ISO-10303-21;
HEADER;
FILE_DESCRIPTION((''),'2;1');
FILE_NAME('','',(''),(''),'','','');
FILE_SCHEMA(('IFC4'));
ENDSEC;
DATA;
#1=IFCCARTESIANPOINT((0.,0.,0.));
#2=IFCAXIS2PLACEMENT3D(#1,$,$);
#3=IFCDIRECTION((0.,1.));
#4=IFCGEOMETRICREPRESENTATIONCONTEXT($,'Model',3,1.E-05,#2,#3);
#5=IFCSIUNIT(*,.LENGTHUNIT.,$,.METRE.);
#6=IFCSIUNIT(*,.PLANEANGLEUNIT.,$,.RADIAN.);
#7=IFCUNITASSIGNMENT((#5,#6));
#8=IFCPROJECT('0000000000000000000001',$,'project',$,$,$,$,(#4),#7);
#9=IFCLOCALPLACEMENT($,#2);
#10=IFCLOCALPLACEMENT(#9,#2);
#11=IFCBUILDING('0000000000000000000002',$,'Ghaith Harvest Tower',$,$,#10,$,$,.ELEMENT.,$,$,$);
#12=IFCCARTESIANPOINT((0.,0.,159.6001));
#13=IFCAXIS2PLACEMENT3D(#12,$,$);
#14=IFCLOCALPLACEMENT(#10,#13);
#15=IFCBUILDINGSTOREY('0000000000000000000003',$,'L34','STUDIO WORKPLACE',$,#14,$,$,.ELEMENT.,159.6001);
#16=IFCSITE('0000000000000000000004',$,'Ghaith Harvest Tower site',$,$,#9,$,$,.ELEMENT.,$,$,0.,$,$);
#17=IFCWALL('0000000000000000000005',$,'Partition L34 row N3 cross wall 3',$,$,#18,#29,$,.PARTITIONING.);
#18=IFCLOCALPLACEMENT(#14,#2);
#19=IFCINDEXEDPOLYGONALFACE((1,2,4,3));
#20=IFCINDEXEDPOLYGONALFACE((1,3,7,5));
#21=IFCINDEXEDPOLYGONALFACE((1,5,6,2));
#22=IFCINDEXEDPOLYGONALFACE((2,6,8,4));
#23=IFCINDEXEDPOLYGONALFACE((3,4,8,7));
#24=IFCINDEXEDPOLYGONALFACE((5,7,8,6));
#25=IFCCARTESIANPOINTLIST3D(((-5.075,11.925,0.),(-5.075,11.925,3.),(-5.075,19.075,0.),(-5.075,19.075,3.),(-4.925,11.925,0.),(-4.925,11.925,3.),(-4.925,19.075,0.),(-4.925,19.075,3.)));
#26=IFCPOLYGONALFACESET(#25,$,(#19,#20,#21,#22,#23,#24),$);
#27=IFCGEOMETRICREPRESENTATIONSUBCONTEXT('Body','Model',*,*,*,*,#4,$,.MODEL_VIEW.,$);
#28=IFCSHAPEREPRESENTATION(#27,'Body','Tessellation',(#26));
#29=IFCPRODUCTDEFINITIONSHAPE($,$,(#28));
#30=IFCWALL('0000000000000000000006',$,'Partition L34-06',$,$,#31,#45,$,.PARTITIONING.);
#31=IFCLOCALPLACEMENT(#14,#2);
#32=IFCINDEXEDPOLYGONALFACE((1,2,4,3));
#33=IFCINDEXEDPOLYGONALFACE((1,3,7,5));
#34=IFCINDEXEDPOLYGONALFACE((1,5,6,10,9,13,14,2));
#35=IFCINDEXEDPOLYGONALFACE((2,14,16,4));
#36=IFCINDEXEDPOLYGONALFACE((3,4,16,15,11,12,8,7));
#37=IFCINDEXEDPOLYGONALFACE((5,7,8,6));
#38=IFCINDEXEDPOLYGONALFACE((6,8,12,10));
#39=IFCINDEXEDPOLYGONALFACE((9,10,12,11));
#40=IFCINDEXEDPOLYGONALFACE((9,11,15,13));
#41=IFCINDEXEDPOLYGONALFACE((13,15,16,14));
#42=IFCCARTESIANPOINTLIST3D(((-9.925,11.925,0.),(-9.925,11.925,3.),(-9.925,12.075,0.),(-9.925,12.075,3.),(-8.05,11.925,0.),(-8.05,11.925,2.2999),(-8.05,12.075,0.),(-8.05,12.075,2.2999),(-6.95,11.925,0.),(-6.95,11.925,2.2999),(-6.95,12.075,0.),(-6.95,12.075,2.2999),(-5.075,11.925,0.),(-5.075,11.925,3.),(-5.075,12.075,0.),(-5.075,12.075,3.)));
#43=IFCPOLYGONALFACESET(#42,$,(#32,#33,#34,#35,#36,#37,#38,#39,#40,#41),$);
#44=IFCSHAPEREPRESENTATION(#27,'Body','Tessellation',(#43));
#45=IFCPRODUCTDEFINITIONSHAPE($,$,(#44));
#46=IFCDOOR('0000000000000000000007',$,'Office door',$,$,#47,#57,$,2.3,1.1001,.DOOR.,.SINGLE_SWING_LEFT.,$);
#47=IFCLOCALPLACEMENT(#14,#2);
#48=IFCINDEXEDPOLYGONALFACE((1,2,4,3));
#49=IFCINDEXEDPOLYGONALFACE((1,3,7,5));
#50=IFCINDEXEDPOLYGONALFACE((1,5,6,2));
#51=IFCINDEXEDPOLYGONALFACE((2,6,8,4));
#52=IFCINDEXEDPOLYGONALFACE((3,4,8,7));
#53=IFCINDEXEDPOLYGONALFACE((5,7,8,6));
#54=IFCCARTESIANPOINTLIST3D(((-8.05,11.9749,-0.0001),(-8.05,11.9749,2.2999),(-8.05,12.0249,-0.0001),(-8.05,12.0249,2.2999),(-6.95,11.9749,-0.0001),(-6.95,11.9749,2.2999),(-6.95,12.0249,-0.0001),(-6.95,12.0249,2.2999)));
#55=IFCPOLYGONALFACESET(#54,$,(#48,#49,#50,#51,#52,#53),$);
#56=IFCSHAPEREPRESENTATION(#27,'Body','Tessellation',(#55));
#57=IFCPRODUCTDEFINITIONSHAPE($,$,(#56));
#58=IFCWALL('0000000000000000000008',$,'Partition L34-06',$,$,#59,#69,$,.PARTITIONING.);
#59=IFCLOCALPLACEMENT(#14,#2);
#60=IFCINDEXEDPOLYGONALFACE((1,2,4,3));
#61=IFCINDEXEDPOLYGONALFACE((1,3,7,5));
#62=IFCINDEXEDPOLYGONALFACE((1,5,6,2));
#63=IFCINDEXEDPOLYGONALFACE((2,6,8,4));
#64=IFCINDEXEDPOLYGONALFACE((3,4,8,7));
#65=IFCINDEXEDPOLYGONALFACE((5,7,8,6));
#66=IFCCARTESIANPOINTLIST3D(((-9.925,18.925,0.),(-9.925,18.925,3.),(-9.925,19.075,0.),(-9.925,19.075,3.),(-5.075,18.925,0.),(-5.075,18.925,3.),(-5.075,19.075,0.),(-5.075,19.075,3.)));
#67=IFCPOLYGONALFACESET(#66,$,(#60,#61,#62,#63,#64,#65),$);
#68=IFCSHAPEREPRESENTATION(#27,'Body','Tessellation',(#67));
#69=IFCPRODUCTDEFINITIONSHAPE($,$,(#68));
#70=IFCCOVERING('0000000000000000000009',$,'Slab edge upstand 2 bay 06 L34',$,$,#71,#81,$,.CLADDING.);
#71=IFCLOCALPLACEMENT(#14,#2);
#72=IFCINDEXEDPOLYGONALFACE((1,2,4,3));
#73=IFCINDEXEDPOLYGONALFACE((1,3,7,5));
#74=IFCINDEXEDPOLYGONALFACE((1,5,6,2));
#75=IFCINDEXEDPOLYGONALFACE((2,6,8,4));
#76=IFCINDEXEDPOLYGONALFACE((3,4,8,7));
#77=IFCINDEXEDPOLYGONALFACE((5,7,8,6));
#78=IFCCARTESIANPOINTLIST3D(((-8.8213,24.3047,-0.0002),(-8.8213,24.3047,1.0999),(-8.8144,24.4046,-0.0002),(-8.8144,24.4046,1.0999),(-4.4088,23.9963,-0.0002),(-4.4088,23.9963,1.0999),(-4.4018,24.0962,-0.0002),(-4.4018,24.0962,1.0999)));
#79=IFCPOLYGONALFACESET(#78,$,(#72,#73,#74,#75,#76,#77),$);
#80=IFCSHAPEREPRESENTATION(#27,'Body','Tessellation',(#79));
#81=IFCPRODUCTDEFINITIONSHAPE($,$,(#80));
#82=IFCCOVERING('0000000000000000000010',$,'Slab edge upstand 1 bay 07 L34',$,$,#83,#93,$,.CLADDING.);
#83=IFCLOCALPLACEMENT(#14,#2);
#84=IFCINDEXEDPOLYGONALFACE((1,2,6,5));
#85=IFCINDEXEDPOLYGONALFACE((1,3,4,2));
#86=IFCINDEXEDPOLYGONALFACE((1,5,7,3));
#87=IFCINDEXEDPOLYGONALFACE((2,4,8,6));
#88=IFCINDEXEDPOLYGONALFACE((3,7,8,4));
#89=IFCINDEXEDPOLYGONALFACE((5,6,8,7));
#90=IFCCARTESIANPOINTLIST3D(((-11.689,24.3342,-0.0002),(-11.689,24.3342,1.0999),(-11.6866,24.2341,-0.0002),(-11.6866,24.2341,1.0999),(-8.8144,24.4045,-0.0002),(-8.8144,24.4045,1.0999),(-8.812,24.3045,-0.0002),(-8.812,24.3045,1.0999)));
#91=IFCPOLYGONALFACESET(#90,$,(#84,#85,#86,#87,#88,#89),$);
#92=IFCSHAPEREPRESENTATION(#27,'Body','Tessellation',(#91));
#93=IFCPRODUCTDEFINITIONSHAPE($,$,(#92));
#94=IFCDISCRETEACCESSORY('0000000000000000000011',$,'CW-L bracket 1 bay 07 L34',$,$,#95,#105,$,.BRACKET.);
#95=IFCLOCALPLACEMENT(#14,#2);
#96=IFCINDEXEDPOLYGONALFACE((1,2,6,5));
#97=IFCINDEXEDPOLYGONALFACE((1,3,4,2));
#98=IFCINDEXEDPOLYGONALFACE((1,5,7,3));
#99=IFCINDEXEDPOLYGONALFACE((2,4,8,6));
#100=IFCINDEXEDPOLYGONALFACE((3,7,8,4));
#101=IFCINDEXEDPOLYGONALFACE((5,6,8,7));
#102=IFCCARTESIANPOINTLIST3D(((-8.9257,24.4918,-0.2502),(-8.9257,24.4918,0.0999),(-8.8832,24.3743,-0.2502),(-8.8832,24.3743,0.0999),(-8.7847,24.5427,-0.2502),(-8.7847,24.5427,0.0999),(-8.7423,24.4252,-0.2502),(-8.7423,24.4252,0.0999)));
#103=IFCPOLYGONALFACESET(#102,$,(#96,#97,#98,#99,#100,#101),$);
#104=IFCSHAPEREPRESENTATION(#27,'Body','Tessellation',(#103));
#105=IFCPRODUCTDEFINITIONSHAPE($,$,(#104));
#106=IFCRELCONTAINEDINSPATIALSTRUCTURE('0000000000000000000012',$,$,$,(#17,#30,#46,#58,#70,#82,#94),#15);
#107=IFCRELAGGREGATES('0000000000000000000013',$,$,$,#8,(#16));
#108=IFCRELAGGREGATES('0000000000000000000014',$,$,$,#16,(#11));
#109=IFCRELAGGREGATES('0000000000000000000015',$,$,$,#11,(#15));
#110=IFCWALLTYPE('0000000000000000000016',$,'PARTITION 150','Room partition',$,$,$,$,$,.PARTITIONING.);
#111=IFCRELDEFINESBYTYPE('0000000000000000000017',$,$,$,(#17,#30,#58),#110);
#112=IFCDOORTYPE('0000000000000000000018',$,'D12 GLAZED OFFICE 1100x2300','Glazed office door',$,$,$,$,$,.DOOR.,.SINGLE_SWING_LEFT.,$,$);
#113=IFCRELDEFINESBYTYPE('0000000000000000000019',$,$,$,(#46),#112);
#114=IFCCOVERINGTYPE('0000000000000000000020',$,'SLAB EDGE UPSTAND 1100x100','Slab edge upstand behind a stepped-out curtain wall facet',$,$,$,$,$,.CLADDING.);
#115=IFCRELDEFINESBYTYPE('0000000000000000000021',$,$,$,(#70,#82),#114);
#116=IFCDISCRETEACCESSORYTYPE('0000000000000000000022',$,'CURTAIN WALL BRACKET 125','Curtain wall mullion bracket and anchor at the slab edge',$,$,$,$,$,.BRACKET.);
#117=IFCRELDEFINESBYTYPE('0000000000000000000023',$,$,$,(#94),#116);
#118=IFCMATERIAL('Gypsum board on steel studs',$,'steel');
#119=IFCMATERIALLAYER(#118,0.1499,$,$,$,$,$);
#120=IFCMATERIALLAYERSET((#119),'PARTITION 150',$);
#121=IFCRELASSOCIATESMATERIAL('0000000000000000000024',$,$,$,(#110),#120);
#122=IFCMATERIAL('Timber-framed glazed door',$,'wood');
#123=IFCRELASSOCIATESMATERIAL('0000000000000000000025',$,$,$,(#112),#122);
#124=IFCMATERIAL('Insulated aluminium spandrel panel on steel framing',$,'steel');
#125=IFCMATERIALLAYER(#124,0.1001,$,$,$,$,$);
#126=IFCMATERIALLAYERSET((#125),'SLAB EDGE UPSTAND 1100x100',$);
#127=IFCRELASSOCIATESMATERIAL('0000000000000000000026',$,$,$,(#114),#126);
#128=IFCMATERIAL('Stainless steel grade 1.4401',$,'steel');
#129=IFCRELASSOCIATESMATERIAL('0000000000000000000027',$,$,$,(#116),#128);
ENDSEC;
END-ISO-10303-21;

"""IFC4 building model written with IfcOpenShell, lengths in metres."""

from ifc_helpers import new_model, si_unit, direction, frame, frame_2d, origin, origin_2d, place, context, subcontext, project, spatial, rectangle, extrude, material, layer, layer_set, type_object, element, fill, save


model = new_model("IFC4")

# Units and contexts
model_context = context("Model", 3, precision=1e-05, world=origin(), true_north=direction((0.0, 1.0)))
body_context = subcontext(model_context, "Body", "Model", "MODEL_VIEW")
ifc_project = project(units=[si_unit("LENGTHUNIT", "METRE"), si_unit("PLANEANGLEUNIT", "RADIAN")], contexts=[model_context])

# Site, building, storey
site_placement = place(None, origin())
site = spatial("IfcSite", under=ifc_project, at=site_placement, Name="Ghaith Harvest Tower site", CompositionType="ELEMENT", RefElevation=0.0)
building_placement = place(site_placement, origin())
building = spatial("IfcBuilding", under=site, at=building_placement, Name="Ghaith Harvest Tower", CompositionType="ELEMENT")
storey_placement = place(building_placement, frame((0.0, 0.0, 159.6001)))
storey = spatial("IfcBuildingStorey", under=building, at=storey_placement, Name="L34", Description="STUDIO WORKPLACE", CompositionType="ELEMENT", Elevation=159.6001)

# Wall
ifc_material_1 = material(Name="Gypsum board on steel studs", Category="steel")
ifc_layer_1 = layer(ifc_material_1, 0.1499)
ifc_layer_set_1 = layer_set([ifc_layer_1], Name="PARTITION 150")
wall_type_1 = type_object("IfcWallType", Name="PARTITION 150", Description="Room partition", PredefinedType="PARTITIONING", material=ifc_layer_set_1)
for number, where, z_axis, x_axis, name in (
    (1, (-5.0, 11.925, 0.0), (0.0, 0.0, 1.0), (0.0, 1.0, 0.0), "Partition L34 row N3 cross wall 3"),
):
    element("IfcWall", number, at=place(storey_placement, frame(where, z_axis=z_axis, x_axis=x_axis)), inside=storey, type_object=wall_type_1, Name=name, PredefinedType="PARTITIONING", context=body_context, shape_type="SweptSolid", body=[
        extrude(rectangle(XDim=7.1499, YDim=0.1499, at=frame_2d((3.575, 0.0))), origin(), (0.0, 0.0, 1.0), 3.0),
    ])

# Wall, opening, door
wall_1_placement = place(storey_placement, frame((-9.925, 12.0, 0.0), z_axis=(0.0, 0.0, 1.0), x_axis=(1.0, 0.0, 0.0)))
wall_1 = element("IfcWall", 2, at=wall_1_placement, inside=storey, type_object=wall_type_1, Name="Partition L34-06", PredefinedType="PARTITIONING", context=body_context, shape_type="SweptSolid", body=[
    extrude(rectangle(XDim=4.8501, YDim=0.1499, at=frame_2d((2.425, 0.0))), origin(), (0.0, 0.0, 1.0), 3.0),
])
opening_1_placement = place(wall_1_placement, frame((1.875, 0.0, 0.0)))
opening_1 = element("IfcOpeningElement", 3, at=opening_1_placement, cuts=wall_1, PredefinedType="OPENING", context=body_context, shape_type="SweptSolid", body=[
    extrude(rectangle(XDim=1.1001, YDim=2.3, at=frame_2d((0.55, 1.1499))), frame((0.0, 0.085, 0.0), z_axis=(0.0, -1.0, 0.0), x_axis=(1.0, 0.0, 0.0)), (0.0, 0.0, 1.0), 0.1699),
])
ifc_material_2 = material(Name="Timber-framed glazed door", Category="wood")
door_type_1 = type_object("IfcDoorType", Name="D12 GLAZED OFFICE 1100x2300", Description="Glazed office door", OperationType="SINGLE_SWING_LEFT", PredefinedType="DOOR", material=ifc_material_2)
door_1_placement = place(opening_1_placement, origin())
door_1 = element("IfcDoor", 4, at=door_1_placement, inside=storey, type_object=door_type_1, Name="Office door", OperationType="SINGLE_SWING_LEFT", OverallHeight=2.3, OverallWidth=1.1001, PredefinedType="DOOR", context=body_context, shape_type="SweptSolid", body=[
    extrude(rectangle(XDim=1.1001, YDim=2.3, at=frame_2d((0.55, 1.1499))), frame((0.0, 0.0249, 0.0), z_axis=(0.0, -1.0, 0.0), x_axis=(1.0, 0.0, 0.0)), (0.0, 0.0, 1.0), 0.05),
])
fill(opening_1, door_1)

# Wall
wall_2_placement = place(storey_placement, frame((-9.925, 19.0, 0.0), z_axis=(0.0, 0.0, 1.0), x_axis=(1.0, 0.0, 0.0)))
element("IfcWall", 5, at=wall_2_placement, inside=storey, type_object=wall_type_1, Name="Partition L34-06", PredefinedType="PARTITIONING", context=body_context, shape_type="SweptSolid", body=[
    extrude(rectangle(XDim=4.8501, YDim=0.1499, at=frame_2d((2.425, 0.0))), origin(), (0.0, 0.0, 1.0), 3.0),
])

# Coverings
ifc_material_3 = material(Name="Insulated aluminium spandrel panel on steel framing", Category="steel")
ifc_layer_2 = layer(ifc_material_3, 0.1001)
ifc_layer_set_2 = layer_set([ifc_layer_2], Name="SLAB EDGE UPSTAND 1100x100")
covering_type = type_object("IfcCoveringType", Name="SLAB EDGE UPSTAND 1100x100", Description="Slab edge upstand behind a stepped-out curtain wall facet", PredefinedType="CLADDING", material=ifc_layer_set_2)
covering_1_placement = place(storey_placement, frame((-6.6116, 24.2004, -0.0002), z_axis=(0.0, 0.0, 1.0), x_axis=(-0.997566, 0.069726, 0.0)))
element("IfcCovering", 6, at=covering_1_placement, inside=storey, type_object=covering_type, Name="Slab edge upstand 2 bay 06 L34", PredefinedType="CLADDING", context=body_context, shape_type="SweptSolid", body=[
    extrude(rectangle(XDim=4.4233, YDim=0.1001, at=origin_2d()), origin(), (0.0, 0.0, 1.0), 1.1001),
])
covering_2_placement = place(storey_placement, frame((-10.2505, 24.3193, -0.0002), z_axis=(0.0, 0.0, 1.0), x_axis=(-0.999701, -0.024458, 0.0)))
element("IfcCovering", 7, at=covering_2_placement, inside=storey, type_object=covering_type, Name="Slab edge upstand 1 bay 07 L34", PredefinedType="CLADDING", context=body_context, shape_type="SweptSolid", body=[
    extrude(rectangle(XDim=2.8755, YDim=0.1001, at=origin_2d()), origin(), (0.0, 0.0, 1.0), 1.1001),
])

# Discrete accessory
ifc_material_4 = material(Name="Stainless steel grade 1.4401", Category="steel")
discrete_accessory_type = type_object("IfcDiscreteAccessoryType", Name="CURTAIN WALL BRACKET 125", Description="Curtain wall mullion bracket and anchor at the slab edge", PredefinedType="BRACKET", material=ifc_material_4)
discrete_accessory_placement = place(storey_placement, frame((-8.834, 24.4585, -0.2502), z_axis=(0.0, 0.0, 1.0), x_axis=(-0.339699, 0.940534, 0.0)))
element("IfcDiscreteAccessory", 8, at=discrete_accessory_placement, inside=storey, type_object=discrete_accessory_type, Name="CW-L bracket 1 bay 07 L34", PredefinedType="BRACKET", context=body_context, shape_type="SweptSolid", body=[
    extrude(rectangle(XDim=0.125, YDim=0.1499, at=origin_2d()), origin(), (0.0, 0.0, 1.0), 0.3501),
])

save(model, "model.ifc")
